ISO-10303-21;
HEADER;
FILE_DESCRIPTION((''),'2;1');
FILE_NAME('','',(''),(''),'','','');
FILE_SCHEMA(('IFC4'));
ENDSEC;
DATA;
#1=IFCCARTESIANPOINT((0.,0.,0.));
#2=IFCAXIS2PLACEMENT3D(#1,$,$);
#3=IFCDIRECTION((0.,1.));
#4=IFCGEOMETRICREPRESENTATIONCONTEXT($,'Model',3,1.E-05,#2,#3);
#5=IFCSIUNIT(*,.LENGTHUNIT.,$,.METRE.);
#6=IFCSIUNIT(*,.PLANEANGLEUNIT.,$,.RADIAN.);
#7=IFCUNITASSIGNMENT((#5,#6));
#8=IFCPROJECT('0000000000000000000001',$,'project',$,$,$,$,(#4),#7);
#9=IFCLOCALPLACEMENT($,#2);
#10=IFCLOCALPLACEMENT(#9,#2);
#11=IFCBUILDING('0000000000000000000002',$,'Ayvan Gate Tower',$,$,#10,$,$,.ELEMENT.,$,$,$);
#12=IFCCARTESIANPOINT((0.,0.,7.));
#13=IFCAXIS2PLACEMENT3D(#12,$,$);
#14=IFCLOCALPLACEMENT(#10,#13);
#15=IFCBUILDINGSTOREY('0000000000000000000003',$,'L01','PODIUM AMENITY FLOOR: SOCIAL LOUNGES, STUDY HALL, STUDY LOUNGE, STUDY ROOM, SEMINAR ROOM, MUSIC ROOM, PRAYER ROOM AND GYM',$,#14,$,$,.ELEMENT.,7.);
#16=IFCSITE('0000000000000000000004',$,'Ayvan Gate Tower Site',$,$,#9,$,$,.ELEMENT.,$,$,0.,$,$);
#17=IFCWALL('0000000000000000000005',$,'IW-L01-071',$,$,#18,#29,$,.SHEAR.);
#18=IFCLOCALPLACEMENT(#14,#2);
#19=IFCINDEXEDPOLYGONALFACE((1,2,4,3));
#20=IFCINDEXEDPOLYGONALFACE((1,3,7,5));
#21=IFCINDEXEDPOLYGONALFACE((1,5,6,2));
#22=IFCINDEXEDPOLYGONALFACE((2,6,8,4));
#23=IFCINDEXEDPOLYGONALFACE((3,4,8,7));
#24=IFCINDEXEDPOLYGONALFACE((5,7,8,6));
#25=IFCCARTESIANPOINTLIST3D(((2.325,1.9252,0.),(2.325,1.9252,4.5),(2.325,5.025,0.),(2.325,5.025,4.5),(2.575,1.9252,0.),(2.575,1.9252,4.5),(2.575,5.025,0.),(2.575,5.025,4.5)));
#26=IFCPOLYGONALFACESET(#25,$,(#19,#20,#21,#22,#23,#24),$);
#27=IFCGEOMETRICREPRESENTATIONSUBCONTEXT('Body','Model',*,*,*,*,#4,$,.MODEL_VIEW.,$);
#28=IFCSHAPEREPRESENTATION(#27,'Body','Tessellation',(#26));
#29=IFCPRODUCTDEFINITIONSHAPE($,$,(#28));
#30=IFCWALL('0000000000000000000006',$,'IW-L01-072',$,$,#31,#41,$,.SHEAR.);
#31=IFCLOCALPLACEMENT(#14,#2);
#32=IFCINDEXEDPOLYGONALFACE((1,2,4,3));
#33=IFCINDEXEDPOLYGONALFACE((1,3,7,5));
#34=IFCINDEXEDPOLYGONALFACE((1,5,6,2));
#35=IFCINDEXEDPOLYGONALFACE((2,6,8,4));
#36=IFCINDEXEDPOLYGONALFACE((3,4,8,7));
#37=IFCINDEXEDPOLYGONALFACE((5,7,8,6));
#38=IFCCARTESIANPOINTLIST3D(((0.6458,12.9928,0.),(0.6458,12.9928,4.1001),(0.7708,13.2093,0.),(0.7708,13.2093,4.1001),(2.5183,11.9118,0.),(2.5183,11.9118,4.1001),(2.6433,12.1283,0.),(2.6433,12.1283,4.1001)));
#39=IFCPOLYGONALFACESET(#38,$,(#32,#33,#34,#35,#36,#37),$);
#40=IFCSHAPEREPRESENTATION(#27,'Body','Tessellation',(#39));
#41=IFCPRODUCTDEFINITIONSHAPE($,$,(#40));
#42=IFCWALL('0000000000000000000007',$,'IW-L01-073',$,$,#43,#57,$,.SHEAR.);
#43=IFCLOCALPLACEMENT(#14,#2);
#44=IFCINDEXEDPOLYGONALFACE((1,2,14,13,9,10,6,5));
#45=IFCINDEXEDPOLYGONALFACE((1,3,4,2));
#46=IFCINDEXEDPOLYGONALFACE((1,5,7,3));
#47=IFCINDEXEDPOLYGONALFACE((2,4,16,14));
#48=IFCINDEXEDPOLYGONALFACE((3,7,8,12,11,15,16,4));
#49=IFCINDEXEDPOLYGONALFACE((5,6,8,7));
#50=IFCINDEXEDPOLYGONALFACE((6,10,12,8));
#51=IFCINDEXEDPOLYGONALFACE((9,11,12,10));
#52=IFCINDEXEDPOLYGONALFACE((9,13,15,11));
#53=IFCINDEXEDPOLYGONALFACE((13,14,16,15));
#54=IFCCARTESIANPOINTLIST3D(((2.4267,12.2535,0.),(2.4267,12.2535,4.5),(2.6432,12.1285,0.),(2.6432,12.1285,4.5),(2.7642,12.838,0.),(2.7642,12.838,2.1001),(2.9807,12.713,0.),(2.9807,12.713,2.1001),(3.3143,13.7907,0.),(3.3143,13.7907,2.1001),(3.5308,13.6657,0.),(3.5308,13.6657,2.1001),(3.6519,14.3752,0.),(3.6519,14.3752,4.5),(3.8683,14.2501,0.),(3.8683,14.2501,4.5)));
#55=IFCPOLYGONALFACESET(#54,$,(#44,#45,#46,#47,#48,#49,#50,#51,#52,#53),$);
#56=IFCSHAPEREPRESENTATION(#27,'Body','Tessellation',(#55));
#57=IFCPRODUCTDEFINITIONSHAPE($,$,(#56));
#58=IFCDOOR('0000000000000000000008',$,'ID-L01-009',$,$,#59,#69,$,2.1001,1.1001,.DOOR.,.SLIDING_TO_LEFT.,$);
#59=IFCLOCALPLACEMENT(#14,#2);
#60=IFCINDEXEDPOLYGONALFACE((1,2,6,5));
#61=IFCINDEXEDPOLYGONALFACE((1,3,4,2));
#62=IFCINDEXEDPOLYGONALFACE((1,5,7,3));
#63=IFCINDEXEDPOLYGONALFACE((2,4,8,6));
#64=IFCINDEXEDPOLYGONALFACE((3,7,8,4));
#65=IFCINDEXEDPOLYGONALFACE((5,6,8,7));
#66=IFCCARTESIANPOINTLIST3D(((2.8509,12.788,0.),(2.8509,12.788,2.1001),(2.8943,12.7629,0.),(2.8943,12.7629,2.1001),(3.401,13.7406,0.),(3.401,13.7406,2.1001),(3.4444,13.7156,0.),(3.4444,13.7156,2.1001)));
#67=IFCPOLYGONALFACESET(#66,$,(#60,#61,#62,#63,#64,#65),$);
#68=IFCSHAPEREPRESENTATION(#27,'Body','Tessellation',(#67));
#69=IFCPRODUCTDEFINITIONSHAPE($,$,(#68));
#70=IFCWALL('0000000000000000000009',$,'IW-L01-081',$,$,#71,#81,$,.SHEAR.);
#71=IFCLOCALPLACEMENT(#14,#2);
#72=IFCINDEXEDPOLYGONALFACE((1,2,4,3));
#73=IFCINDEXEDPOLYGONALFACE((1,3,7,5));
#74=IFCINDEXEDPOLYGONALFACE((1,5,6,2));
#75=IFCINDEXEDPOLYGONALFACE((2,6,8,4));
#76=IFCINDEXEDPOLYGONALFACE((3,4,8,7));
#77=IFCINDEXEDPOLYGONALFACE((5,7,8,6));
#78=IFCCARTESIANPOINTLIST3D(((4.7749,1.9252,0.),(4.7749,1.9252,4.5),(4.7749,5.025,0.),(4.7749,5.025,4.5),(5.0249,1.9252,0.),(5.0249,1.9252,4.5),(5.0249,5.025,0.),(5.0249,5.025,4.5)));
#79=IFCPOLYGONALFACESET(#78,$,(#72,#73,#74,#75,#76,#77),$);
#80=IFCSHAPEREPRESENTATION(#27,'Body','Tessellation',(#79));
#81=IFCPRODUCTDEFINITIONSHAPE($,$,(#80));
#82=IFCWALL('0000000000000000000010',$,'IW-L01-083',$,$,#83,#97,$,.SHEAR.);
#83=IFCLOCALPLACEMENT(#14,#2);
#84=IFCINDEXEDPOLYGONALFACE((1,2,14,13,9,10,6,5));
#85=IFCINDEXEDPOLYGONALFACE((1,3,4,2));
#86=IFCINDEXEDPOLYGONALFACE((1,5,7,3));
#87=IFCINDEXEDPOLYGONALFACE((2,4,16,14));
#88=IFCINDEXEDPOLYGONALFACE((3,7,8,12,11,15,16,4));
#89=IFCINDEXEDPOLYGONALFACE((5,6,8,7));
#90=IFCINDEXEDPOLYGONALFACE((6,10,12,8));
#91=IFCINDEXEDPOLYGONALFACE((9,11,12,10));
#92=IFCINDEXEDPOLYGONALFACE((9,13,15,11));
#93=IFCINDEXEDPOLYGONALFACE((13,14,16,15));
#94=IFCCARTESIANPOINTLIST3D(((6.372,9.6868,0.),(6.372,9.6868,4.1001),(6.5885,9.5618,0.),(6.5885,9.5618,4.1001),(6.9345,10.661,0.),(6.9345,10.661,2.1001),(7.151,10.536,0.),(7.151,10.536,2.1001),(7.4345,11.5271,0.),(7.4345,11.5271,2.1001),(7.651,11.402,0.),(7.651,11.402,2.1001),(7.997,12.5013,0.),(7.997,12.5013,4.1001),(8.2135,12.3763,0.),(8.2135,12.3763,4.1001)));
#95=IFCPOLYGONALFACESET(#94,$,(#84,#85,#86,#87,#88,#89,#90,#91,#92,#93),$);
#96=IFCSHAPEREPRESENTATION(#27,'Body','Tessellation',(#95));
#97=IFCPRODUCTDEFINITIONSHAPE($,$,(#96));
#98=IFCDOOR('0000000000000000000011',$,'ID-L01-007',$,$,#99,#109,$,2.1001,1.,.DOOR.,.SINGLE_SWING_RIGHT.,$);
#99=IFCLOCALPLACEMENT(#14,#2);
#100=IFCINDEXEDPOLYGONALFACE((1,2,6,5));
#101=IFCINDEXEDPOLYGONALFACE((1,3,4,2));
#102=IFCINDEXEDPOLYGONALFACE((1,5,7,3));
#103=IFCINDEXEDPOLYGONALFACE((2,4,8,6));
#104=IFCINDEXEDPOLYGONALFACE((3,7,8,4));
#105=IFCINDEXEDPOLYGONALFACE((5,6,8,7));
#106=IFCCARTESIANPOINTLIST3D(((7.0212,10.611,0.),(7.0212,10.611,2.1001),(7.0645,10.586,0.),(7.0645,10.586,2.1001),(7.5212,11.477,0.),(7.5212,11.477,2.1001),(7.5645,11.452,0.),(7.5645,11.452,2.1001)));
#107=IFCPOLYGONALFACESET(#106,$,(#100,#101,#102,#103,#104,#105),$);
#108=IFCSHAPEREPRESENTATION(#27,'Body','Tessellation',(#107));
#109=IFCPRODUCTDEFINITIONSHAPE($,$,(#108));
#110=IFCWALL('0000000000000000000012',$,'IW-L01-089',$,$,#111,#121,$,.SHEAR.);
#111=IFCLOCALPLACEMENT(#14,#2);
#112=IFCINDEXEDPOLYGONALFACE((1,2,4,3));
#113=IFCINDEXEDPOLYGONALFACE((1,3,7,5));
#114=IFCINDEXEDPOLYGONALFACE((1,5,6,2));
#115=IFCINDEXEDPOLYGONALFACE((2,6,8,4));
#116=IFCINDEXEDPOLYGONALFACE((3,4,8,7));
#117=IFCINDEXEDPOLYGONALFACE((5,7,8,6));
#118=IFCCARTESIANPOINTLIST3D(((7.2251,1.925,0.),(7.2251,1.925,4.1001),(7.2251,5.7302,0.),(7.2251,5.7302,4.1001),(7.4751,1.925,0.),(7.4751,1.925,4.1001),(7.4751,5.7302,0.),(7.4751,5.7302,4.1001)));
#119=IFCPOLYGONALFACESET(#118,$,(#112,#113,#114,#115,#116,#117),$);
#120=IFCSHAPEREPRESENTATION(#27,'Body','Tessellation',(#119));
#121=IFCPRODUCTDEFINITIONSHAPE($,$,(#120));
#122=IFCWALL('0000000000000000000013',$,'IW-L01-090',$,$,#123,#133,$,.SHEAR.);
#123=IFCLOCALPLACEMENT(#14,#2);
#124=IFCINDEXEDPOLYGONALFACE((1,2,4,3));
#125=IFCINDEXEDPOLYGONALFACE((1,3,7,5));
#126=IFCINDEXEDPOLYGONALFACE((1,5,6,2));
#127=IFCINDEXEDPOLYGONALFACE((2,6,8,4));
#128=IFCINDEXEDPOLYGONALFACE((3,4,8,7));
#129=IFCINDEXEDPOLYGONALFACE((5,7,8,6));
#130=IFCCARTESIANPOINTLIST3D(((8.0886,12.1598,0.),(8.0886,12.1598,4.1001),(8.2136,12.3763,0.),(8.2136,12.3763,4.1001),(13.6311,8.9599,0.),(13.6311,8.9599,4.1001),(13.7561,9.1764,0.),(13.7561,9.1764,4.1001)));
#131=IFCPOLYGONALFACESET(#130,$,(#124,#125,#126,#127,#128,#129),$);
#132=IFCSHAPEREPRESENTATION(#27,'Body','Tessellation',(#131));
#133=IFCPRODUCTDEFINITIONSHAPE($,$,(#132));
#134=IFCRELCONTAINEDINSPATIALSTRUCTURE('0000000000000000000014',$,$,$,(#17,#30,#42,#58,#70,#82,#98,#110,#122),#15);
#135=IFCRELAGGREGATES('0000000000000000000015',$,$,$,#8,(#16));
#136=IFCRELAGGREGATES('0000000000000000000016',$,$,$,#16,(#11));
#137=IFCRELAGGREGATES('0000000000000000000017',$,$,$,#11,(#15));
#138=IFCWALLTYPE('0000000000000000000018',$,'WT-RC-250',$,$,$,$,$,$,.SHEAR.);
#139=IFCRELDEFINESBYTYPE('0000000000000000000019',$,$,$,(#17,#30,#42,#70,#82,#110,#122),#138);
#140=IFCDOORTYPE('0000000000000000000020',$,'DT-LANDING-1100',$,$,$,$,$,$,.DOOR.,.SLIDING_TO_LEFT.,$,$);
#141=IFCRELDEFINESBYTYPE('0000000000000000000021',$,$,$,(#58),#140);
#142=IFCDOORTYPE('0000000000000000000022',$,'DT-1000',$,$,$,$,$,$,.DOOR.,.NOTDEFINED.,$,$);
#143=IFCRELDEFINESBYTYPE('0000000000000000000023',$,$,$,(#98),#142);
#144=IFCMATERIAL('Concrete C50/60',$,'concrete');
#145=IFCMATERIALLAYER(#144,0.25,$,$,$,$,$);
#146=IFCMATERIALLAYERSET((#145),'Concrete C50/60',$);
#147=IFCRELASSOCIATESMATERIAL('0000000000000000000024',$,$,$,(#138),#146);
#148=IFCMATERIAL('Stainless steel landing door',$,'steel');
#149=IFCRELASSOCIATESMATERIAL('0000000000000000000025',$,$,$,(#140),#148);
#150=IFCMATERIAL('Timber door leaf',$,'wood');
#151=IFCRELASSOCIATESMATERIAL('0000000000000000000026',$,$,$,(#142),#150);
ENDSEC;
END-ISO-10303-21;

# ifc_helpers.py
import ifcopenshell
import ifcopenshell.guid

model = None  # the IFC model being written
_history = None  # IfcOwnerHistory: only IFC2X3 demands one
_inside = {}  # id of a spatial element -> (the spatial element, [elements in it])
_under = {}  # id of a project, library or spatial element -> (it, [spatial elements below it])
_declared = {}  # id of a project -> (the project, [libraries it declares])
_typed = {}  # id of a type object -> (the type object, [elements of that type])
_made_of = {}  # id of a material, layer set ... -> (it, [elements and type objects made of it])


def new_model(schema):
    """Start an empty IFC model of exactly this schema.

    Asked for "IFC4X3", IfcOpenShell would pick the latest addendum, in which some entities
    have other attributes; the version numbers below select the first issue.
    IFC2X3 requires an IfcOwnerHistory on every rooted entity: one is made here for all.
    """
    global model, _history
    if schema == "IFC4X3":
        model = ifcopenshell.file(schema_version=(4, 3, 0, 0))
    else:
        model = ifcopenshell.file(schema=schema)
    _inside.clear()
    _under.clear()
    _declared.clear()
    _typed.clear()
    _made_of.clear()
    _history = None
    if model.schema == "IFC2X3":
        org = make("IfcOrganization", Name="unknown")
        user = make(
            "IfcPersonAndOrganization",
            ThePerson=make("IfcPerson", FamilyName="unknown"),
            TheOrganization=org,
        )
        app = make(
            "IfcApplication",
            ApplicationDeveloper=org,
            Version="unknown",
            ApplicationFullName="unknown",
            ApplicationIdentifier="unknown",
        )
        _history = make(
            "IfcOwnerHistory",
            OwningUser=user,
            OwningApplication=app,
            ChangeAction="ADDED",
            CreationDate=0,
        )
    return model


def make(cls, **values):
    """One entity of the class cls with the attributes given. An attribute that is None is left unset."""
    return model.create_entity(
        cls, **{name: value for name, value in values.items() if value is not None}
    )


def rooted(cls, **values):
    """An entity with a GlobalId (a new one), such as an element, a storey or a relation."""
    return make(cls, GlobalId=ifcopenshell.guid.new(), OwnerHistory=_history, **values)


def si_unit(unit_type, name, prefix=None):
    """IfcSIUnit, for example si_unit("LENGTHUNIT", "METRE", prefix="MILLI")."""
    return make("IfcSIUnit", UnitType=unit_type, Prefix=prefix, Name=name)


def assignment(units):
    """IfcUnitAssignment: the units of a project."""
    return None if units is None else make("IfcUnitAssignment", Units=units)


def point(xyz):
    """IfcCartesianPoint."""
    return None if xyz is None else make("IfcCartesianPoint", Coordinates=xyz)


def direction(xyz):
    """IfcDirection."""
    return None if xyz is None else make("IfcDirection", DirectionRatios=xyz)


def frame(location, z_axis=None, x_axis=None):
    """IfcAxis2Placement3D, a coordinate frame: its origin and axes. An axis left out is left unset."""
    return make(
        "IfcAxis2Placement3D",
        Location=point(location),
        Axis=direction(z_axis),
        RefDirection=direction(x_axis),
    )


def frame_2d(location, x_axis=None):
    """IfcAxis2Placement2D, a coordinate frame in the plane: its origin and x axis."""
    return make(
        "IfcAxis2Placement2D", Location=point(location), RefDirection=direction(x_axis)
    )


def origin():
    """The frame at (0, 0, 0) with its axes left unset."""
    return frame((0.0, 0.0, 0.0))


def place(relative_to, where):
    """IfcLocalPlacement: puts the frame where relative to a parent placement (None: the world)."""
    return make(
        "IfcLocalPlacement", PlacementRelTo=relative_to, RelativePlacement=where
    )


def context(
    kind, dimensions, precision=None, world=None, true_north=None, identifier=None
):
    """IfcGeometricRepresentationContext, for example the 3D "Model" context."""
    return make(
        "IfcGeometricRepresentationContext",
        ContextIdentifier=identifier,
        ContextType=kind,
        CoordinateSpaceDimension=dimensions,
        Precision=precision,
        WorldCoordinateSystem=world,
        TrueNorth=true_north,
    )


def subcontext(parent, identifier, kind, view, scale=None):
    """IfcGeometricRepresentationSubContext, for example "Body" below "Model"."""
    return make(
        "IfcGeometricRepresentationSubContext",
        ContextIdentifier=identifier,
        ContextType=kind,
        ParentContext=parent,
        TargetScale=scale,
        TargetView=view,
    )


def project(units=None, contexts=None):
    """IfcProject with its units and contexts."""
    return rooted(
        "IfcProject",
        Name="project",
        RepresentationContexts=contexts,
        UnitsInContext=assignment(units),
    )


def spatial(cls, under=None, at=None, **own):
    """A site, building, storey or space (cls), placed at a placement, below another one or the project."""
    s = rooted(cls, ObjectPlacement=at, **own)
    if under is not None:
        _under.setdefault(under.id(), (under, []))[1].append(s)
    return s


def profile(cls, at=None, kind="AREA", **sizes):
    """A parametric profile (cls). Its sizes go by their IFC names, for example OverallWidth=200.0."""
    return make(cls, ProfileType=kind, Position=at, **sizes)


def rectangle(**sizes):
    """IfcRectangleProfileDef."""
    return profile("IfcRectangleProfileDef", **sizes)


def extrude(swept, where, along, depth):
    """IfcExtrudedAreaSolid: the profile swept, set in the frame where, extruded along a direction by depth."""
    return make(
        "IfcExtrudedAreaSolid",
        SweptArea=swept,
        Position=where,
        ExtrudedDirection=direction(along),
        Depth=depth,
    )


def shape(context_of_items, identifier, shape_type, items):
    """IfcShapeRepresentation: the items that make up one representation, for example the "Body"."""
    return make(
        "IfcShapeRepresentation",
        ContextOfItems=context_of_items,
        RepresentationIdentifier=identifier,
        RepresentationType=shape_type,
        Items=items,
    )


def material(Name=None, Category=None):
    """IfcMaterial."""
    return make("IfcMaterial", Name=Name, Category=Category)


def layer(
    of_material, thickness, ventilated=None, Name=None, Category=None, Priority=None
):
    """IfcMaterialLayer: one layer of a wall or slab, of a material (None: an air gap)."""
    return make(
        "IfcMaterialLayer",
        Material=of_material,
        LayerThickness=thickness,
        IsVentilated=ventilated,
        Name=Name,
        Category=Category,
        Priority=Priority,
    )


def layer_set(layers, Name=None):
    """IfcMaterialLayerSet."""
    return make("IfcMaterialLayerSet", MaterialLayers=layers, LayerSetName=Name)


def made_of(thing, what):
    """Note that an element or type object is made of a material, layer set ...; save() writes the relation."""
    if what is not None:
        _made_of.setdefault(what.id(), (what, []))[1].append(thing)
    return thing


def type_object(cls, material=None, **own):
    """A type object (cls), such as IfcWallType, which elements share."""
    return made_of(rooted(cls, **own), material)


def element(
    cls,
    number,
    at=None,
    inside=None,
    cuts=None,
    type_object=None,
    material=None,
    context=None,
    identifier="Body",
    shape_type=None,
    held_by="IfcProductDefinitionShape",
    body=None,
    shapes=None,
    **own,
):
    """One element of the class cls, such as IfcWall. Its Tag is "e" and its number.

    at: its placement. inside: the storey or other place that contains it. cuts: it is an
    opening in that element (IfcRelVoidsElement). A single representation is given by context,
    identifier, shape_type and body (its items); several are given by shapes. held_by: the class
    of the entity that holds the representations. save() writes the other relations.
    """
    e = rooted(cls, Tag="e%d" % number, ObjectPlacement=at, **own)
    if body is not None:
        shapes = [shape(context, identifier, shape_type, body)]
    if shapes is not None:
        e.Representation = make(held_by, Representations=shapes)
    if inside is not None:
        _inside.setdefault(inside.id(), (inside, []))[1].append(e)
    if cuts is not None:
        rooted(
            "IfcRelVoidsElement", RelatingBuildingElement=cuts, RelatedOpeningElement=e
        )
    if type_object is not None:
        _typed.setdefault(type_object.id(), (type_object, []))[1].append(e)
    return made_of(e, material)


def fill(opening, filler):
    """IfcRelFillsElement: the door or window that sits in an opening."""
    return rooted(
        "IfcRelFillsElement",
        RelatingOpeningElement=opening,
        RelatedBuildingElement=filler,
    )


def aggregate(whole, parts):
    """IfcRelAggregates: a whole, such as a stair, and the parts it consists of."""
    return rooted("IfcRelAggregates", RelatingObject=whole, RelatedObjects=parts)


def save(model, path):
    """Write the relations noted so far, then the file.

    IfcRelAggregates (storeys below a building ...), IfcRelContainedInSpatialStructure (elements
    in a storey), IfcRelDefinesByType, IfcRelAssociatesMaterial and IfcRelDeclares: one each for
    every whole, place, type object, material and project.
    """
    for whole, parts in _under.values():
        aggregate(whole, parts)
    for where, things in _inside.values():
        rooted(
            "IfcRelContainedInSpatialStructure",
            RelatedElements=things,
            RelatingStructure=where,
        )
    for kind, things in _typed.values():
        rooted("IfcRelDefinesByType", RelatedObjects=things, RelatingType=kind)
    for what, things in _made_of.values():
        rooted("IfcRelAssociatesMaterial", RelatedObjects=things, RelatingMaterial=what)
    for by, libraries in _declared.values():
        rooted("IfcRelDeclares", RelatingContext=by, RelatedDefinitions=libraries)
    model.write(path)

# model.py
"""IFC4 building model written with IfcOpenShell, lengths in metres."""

from ifc_helpers import new_model, si_unit, direction, frame, frame_2d, origin, place, context, subcontext, project, spatial, rectangle, extrude, material, layer, layer_set, type_object, element, fill, save


model = new_model("IFC4")

# Units and contexts
model_context = context("Model", 3, precision=1e-05, world=origin(), true_north=direction((0.0, 1.0)))
body_context = subcontext(model_context, "Body", "Model", "MODEL_VIEW")
ifc_project = project(units=[si_unit("LENGTHUNIT", "METRE"), si_unit("PLANEANGLEUNIT", "RADIAN")], contexts=[model_context])

# Site, building, storey
site_placement = place(None, origin())
site = spatial("IfcSite", under=ifc_project, at=site_placement, Name="Ayvan Gate Tower Site", CompositionType="ELEMENT", RefElevation=0.0)
building_placement = place(site_placement, origin())
building = spatial("IfcBuilding", under=site, at=building_placement, Name="Ayvan Gate Tower", CompositionType="ELEMENT")
storey_placement = place(building_placement, frame((0.0, 0.0, 7.0)))
storey = spatial("IfcBuildingStorey", under=building, at=storey_placement, Name="L01", Description="PODIUM AMENITY FLOOR: SOCIAL LOUNGES, STUDY HALL, STUDY LOUNGE, STUDY ROOM, SEMINAR ROOM, MUSIC ROOM, PRAYER ROOM AND GYM", CompositionType="ELEMENT", Elevation=7.0)

# Shared definitions
ifc_material_1 = material(Name="Timber door leaf", Category="wood")

# Walls
ifc_material_2 = material(Name="Concrete C50/60", Category="concrete")
ifc_layer_1 = layer(ifc_material_2, 0.25)
ifc_layer_set_1 = layer_set([ifc_layer_1], Name="Concrete C50/60")
wall_type_1 = type_object("IfcWallType", Name="WT-RC-250", PredefinedType="SHEAR", material=ifc_layer_set_1)
wall_1_placement = place(storey_placement, frame((2.45, 5.0249, 0.0), z_axis=(0.0, 0.0, 1.0), x_axis=(0.0, -1.0, 0.0)))
element("IfcWall", 1, at=wall_1_placement, inside=storey, type_object=wall_type_1, Name="IW-L01-071", PredefinedType="SHEAR", context=body_context, shape_type="SweptSolid", body=[
    extrude(rectangle(XDim=3.0999, YDim=0.25, at=frame_2d((1.5498, 0.0))), origin(), (0.0, 0.0, 1.0), 4.5),
])
wall_2_placement = place(storey_placement, frame((2.5808, 12.02, 0.0), z_axis=(0.0, 0.0, 1.0), x_axis=(-0.866039, 0.499977, 0.0)))
element("IfcWall", 2, at=wall_2_placement, inside=storey, type_object=wall_type_1, Name="IW-L01-072", PredefinedType="SHEAR", context=body_context, shape_type="SweptSolid", body=[
    extrude(rectangle(XDim=2.1621, YDim=0.25, at=frame_2d((1.0811, 0.0))), origin(), (0.0, 0.0, 1.0), 4.1001),
])

# Wall, opening, door
wall_3_placement = place(storey_placement, frame((2.5349, 12.1909, 0.0), z_axis=(0.0, 0.0, 1.0), x_axis=(0.500062, 0.86599, 0.0)))
wall_3 = element("IfcWall", 3, at=wall_3_placement, inside=storey, type_object=wall_type_1, Name="IW-L01-073", PredefinedType="SHEAR", context=body_context, shape_type="SweptSolid", body=[
    extrude(rectangle(XDim=2.45, YDim=0.25, at=frame_2d((1.2251, 0.0))), origin(), (0.0, 0.0, 1.0), 4.5),
])
opening_1_placement = place(wall_3_placement, frame((0.675, 0.0, 0.0)))
opening_1 = element("IfcOpeningElement", 4, at=opening_1_placement, cuts=wall_3, PredefinedType="OPENING", context=body_context, shape_type="SweptSolid", body=[
    extrude(rectangle(XDim=1.1001, YDim=2.1001, at=frame_2d((0.55, 1.05))), frame((0.0, 0.135, 0.0), z_axis=(0.0, -1.0, 0.0), x_axis=(1.0, 0.0, 0.0)), (0.0, 0.0, 1.0), 0.27),
])
ifc_material_3 = material(Name="Stainless steel landing door", Category="steel")
door_type_1 = type_object("IfcDoorType", Name="DT-LANDING-1100", OperationType="SLIDING_TO_LEFT", PredefinedType="DOOR", material=ifc_material_3)
door_1_placement = place(opening_1_placement, origin())
door_1 = element("IfcDoor", 5, at=door_1_placement, inside=storey, type_object=door_type_1, Name="ID-L01-009", OperationType="SLIDING_TO_LEFT", OverallHeight=2.1001, OverallWidth=1.1001, PredefinedType="DOOR", context=body_context, shape_type="SweptSolid", body=[
    extrude(rectangle(XDim=1.1001, YDim=2.1001, at=frame_2d((0.55, 1.05))), frame((0.0, 0.0249, 0.0), z_axis=(0.0, -1.0, 0.0), x_axis=(1.0, 0.0, 0.0)), (0.0, 0.0, 1.0), 0.05),
])
fill(opening_1, door_1)

# Wall
wall_4_placement = place(storey_placement, frame((4.8999, 5.0249, 0.0), z_axis=(0.0, 0.0, 1.0), x_axis=(0.0, -1.0, 0.0)))
element("IfcWall", 6, at=wall_4_placement, inside=storey, type_object=wall_type_1, Name="IW-L01-081", PredefinedType="SHEAR", context=body_context, shape_type="SweptSolid", body=[
    extrude(rectangle(XDim=3.0999, YDim=0.25, at=frame_2d((1.5498, 0.0))), origin(), (0.0, 0.0, 1.0), 4.5),
])

# Wall, opening, door
wall_5_placement = place(storey_placement, frame((6.4802, 9.6243, 0.0), z_axis=(0.0, 0.0, 1.0), x_axis=(0.500017, 0.866015, 0.0)))
wall_5 = element("IfcWall", 7, at=wall_5_placement, inside=storey, type_object=wall_type_1, Name="IW-L01-083", PredefinedType="SHEAR", context=body_context, shape_type="SweptSolid", body=[
    extrude(rectangle(XDim=3.25, YDim=0.25, at=frame_2d((1.625, 0.0))), origin(), (0.0, 0.0, 1.0), 4.1001),
])
opening_2_placement = place(wall_5_placement, frame((1.125, 0.0, 0.0)))
opening_2 = element("IfcOpeningElement", 8, at=opening_2_placement, cuts=wall_5, PredefinedType="OPENING", context=body_context, shape_type="SweptSolid", body=[
    extrude(rectangle(XDim=1.0, YDim=2.1001, at=frame_2d((0.5, 1.05))), frame((0.0, 0.135, 0.0), z_axis=(0.0, -1.0, 0.0), x_axis=(1.0, 0.0, 0.0)), (0.0, 0.0, 1.0), 0.27),
])
door_type_2 = type_object("IfcDoorType", Name="DT-1000", OperationType="NOTDEFINED", PredefinedType="DOOR", material=ifc_material_1)
door_2_placement = place(opening_2_placement, origin())
door_2 = element("IfcDoor", 9, at=door_2_placement, inside=storey, type_object=door_type_2, Name="ID-L01-007", OperationType="SINGLE_SWING_RIGHT", OverallHeight=2.1001, OverallWidth=1.0, PredefinedType="DOOR", context=body_context, shape_type="SweptSolid", body=[
    extrude(rectangle(XDim=1.0, YDim=2.1001, at=frame_2d((0.5, 1.05))), frame((0.0, 0.0249, 0.0), z_axis=(0.0, -1.0, 0.0), x_axis=(1.0, 0.0, 0.0)), (0.0, 0.0, 1.0), 0.05),
])
fill(opening_2, door_2)

# Walls
wall_6_placement = place(storey_placement, frame((7.3501, 5.7302, 0.0), z_axis=(0.0, 0.0, 1.0), x_axis=(0.0, -1.0, 0.0)))
element("IfcWall", 10, at=wall_6_placement, inside=storey, type_object=wall_type_1, Name="IW-L01-089", PredefinedType="SHEAR", context=body_context, shape_type="SweptSolid", body=[
    extrude(rectangle(XDim=3.8052, YDim=0.25, at=frame_2d((1.9026, 0.0))), origin(), (0.0, 0.0, 1.0), 4.1001),
])
wall_7_placement = place(storey_placement, frame((8.1511, 12.2681, 0.0), z_axis=(0.0, 0.0, 1.0), x_axis=(0.866025, -0.5, 0.0)))
element("IfcWall", 11, at=wall_7_placement, inside=storey, type_object=wall_type_1, Name="IW-L01-090", PredefinedType="SHEAR", context=body_context, shape_type="SweptSolid", body=[
    extrude(rectangle(XDim=6.3999, YDim=0.25, at=frame_2d((3.2, 0.0))), origin(), (0.0, 0.0, 1.0), 4.1001),
])

save(model, "model.ifc")
